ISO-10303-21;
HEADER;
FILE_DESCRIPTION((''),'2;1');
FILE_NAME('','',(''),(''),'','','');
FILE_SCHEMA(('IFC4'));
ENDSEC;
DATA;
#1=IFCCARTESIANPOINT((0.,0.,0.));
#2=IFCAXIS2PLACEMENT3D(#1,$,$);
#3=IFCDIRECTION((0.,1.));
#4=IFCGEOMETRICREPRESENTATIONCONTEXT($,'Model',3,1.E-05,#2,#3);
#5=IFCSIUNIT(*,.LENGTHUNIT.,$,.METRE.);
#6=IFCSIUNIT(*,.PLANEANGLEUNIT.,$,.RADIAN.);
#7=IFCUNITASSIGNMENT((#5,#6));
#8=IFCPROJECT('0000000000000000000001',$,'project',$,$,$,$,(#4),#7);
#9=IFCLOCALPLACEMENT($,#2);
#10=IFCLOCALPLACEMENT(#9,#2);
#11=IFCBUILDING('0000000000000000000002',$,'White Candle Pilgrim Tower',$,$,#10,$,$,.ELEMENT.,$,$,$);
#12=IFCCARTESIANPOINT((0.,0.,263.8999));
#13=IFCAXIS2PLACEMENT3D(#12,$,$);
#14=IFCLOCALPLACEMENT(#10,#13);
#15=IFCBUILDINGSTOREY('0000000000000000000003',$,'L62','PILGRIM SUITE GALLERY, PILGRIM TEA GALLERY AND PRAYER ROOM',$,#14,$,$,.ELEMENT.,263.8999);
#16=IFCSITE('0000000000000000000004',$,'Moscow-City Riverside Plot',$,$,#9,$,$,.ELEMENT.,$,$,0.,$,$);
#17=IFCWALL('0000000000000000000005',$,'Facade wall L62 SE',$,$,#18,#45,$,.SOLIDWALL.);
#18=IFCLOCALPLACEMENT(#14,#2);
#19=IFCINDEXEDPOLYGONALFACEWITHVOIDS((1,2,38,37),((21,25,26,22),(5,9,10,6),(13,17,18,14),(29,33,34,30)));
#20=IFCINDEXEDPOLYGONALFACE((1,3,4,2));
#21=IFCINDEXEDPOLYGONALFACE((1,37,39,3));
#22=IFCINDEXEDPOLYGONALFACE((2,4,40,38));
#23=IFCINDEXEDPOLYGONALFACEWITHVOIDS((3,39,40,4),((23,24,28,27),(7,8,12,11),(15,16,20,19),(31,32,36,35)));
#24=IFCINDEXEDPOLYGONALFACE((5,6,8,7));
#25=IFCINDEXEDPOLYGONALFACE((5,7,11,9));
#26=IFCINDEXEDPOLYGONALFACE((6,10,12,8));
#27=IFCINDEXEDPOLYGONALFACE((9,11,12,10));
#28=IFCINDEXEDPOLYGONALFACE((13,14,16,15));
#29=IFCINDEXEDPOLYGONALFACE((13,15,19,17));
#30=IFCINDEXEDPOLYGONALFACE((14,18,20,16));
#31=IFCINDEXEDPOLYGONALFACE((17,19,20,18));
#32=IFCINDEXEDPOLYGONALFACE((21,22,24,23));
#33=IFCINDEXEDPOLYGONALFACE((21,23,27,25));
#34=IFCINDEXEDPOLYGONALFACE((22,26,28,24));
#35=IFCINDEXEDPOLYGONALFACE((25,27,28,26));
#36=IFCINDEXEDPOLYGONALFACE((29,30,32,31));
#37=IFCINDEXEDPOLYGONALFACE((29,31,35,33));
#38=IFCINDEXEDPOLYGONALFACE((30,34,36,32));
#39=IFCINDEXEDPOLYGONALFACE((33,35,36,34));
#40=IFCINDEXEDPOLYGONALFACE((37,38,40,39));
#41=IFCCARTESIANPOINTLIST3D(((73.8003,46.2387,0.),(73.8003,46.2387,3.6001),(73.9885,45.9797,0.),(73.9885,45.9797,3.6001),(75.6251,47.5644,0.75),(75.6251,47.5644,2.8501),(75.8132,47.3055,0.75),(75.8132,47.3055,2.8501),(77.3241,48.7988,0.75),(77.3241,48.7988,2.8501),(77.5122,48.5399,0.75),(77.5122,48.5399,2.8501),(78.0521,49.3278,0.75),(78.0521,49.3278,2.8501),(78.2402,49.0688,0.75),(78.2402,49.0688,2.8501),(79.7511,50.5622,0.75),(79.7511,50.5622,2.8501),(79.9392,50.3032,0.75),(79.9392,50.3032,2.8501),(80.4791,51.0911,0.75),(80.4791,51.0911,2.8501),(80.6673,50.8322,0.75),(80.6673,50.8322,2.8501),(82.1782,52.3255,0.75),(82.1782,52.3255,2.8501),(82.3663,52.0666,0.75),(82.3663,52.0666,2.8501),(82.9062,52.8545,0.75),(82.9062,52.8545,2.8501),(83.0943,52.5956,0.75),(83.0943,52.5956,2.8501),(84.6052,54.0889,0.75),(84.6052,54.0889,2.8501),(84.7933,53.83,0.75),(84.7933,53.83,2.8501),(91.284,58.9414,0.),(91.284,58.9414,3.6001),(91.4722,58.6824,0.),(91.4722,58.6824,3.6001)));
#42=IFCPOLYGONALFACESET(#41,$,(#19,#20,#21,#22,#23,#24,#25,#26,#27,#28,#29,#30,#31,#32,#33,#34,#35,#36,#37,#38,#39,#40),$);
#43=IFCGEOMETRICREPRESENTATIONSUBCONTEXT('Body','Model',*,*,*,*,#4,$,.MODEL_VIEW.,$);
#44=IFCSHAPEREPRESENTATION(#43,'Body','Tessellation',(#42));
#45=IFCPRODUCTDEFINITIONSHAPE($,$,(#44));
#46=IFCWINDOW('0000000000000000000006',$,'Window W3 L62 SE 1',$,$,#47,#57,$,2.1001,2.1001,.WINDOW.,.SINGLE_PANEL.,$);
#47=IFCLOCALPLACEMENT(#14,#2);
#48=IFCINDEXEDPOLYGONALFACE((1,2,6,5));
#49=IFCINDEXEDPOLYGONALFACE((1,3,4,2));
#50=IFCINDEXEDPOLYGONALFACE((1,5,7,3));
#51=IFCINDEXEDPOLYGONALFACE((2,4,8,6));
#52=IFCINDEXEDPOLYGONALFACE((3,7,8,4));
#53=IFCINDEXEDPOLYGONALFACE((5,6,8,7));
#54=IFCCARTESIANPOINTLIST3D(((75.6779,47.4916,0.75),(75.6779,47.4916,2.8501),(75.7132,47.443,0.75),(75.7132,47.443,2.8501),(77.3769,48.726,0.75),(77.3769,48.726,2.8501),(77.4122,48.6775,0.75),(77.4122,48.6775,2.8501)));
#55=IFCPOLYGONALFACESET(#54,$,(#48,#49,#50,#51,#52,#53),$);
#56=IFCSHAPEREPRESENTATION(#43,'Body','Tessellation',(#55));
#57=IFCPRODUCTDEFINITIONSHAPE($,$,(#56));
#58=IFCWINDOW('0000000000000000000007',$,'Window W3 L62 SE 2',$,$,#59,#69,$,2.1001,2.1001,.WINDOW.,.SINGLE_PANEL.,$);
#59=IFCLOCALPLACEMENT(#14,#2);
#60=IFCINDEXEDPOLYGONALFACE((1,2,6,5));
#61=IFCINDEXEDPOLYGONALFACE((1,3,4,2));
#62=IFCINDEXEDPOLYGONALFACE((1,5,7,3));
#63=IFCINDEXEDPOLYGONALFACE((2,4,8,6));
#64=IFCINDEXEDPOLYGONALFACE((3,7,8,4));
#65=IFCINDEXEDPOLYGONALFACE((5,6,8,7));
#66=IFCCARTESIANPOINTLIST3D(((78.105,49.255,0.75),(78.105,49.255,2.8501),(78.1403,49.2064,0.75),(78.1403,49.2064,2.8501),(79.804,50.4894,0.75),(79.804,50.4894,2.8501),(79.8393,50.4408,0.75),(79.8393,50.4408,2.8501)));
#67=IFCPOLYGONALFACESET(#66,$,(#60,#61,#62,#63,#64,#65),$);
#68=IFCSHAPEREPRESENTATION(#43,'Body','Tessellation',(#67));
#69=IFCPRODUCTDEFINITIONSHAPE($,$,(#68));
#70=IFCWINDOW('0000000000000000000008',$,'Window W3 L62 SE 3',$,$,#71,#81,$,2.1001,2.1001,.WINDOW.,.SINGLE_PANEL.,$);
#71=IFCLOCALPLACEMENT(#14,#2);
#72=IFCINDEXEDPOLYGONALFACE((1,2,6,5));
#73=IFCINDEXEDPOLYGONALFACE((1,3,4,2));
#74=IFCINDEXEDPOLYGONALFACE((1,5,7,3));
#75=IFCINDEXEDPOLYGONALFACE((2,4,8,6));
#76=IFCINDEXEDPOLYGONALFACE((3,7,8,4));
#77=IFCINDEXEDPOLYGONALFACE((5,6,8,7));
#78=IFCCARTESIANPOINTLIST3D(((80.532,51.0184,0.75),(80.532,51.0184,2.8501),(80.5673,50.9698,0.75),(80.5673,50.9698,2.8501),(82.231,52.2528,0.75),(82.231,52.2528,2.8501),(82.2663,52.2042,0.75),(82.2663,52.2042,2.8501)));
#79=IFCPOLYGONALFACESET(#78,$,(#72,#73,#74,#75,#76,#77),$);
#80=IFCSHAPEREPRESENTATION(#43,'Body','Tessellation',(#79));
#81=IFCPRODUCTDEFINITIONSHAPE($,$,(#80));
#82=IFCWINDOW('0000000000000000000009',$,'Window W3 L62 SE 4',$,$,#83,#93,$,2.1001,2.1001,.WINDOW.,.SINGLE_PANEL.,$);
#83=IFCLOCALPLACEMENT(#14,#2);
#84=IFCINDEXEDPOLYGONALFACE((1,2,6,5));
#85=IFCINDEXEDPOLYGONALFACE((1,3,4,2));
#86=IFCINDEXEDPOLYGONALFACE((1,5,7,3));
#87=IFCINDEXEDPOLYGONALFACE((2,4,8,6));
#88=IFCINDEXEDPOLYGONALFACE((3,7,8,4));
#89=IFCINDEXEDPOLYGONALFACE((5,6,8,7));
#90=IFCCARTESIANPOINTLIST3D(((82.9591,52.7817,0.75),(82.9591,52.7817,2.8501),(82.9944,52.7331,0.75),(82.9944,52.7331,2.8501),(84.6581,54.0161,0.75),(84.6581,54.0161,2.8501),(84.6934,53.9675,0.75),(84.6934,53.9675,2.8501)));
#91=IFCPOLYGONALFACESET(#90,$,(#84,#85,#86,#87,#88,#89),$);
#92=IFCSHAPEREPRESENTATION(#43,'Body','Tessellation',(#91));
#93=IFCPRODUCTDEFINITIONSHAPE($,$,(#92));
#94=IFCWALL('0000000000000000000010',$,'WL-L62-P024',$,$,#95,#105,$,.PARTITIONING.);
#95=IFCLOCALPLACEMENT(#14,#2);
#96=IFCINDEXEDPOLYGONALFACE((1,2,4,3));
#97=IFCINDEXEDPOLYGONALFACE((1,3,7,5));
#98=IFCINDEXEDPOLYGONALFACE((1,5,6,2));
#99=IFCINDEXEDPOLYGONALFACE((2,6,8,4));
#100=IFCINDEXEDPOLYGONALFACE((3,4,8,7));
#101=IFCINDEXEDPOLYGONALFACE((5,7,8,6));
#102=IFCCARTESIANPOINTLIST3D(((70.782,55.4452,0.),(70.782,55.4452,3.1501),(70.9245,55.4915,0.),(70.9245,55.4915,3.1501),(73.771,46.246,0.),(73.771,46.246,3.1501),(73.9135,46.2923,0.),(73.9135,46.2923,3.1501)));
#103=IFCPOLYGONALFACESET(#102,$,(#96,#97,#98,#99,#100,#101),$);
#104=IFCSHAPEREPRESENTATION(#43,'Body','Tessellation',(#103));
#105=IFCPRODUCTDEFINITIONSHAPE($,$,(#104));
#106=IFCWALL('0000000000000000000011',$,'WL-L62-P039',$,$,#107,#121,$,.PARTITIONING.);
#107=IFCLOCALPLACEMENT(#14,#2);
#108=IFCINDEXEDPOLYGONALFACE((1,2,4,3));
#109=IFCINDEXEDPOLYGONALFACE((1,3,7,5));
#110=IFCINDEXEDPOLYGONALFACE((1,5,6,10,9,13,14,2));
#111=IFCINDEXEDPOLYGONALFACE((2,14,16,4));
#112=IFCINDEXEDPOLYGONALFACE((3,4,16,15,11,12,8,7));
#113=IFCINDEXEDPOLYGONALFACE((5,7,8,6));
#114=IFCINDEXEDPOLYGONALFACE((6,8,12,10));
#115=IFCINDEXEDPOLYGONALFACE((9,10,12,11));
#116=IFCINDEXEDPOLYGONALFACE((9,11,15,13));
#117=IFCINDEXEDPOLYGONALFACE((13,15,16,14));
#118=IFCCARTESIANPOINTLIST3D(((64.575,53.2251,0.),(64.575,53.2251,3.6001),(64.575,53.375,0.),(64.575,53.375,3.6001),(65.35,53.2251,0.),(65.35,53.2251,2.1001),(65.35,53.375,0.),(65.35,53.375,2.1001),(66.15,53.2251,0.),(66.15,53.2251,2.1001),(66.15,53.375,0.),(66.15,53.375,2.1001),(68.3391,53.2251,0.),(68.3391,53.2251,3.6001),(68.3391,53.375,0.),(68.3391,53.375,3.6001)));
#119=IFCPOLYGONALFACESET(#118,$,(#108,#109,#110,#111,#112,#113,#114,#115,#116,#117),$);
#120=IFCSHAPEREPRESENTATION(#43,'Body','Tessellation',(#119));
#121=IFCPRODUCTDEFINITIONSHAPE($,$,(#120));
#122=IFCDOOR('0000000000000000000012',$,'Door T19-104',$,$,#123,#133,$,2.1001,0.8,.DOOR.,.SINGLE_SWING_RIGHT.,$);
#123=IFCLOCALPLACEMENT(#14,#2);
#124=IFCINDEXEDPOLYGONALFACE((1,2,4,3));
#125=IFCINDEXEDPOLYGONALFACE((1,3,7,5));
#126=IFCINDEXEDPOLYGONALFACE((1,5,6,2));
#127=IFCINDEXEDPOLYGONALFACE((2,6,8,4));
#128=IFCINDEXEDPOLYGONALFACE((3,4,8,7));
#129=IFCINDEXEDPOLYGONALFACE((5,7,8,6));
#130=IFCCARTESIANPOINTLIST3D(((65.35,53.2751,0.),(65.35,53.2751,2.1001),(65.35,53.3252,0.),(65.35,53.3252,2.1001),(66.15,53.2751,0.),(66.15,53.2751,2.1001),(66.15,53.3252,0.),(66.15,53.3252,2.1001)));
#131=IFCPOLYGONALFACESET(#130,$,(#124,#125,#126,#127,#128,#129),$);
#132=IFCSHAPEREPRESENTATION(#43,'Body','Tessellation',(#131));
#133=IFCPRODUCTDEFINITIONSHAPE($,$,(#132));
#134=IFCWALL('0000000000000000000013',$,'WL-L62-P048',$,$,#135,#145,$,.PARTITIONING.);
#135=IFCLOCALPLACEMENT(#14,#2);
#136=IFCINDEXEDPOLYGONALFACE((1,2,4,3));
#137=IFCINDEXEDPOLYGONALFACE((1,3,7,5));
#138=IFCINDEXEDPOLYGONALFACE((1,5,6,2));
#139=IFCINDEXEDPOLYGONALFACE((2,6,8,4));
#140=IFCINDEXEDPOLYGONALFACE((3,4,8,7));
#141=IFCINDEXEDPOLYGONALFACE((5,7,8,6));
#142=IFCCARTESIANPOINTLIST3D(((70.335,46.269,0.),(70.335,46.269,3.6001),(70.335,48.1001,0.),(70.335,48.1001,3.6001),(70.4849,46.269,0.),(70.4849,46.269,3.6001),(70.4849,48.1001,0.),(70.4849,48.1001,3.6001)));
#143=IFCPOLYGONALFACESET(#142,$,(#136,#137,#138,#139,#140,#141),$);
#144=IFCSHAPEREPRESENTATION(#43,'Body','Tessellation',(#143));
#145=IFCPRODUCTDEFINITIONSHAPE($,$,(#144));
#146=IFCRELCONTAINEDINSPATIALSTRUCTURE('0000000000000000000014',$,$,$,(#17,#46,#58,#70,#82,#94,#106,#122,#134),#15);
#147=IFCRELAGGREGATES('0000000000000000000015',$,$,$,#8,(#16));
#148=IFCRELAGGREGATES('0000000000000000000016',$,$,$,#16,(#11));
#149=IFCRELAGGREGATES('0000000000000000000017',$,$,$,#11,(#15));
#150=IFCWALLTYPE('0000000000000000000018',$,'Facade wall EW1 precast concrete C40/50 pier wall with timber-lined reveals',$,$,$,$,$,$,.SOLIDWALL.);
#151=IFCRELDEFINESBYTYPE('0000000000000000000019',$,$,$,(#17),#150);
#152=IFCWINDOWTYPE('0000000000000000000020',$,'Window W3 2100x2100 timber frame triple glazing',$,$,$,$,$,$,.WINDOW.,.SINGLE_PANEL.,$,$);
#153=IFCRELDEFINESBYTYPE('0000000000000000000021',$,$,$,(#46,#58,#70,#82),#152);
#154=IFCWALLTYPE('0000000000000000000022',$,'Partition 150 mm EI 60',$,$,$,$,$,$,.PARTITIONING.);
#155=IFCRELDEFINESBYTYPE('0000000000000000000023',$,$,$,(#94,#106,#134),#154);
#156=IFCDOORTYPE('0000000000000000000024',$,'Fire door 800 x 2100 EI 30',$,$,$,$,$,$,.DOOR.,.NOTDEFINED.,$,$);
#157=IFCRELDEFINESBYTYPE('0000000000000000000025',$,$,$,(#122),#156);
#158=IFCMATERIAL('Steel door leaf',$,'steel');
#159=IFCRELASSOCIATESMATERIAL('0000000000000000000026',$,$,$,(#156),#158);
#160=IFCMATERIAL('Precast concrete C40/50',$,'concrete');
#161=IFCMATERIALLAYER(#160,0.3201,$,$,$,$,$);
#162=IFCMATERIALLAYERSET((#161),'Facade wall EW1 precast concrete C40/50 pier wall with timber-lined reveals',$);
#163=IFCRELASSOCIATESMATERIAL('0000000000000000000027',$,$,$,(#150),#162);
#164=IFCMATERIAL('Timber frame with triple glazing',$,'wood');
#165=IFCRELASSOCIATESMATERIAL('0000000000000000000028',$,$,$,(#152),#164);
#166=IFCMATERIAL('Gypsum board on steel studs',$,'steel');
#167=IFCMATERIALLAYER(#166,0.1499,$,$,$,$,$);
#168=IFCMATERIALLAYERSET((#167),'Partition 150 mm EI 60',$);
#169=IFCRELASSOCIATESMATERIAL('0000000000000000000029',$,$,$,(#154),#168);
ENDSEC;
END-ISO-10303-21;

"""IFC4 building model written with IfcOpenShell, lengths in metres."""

from ifc_helpers import new_model, si_unit, direction, frame, frame_2d, origin, place, context, subcontext, project, spatial, rectangle, extrude, material, layer, layer_set, type_object, element, fill, save


model = new_model("IFC4")

# Units and contexts
model_context = context("Model", 3, precision=1e-05, world=origin(), true_north=direction((0.0, 1.0)))
body_context = subcontext(model_context, "Body", "Model", "MODEL_VIEW")
ifc_project = project(units=[si_unit("LENGTHUNIT", "METRE"), si_unit("PLANEANGLEUNIT", "RADIAN")], contexts=[model_context])

# Site, building, storey
site_placement = place(None, origin())
site = spatial("IfcSite", under=ifc_project, at=site_placement, Name="Moscow-City Riverside Plot", CompositionType="ELEMENT", RefElevation=0.0)
building_placement = place(site_placement, origin())
building = spatial("IfcBuilding", under=site, at=building_placement, Name="White Candle Pilgrim Tower", CompositionType="ELEMENT")
storey_placement = place(building_placement, frame((0.0, 0.0, 263.8999)))
storey = spatial("IfcBuildingStorey", under=building, at=storey_placement, Name="L62", Description="PILGRIM SUITE GALLERY, PILGRIM TEA GALLERY AND PRAYER ROOM", CompositionType="ELEMENT", Elevation=263.8999)

# Shared definitions
ifc_material_1 = material(Name="Gypsum board on steel studs", Category="steel")

# Shared definitions
ifc_material_2 = material(Name="Steel door leaf", Category="steel")
door_type_1 = type_object("IfcDoorType", Name="Fire door 800 x 2100 EI 30", OperationType="NOTDEFINED", PredefinedType="DOOR", material=ifc_material_2)

# Wall, openings, windows
ifc_material_3 = material(Name="Precast concrete C40/50", Category="concrete")
ifc_layer_1 = layer(ifc_material_3, 0.3201)
ifc_layer_set_1 = layer_set([ifc_layer_1], Name="Facade wall EW1 precast concrete C40/50 pier wall with timber-lined reveals")
wall_type_1 = type_object("IfcWallType", Name="Facade wall EW1 precast concrete C40/50 pier wall with timber-lined reveals", PredefinedType="SOLIDWALL", material=ifc_layer_set_1)
wall_1_placement = place(storey_placement, frame((73.8943, 46.1091, 0.0), z_axis=(0.0, 0.0, 1.0), x_axis=(0.809016, 0.587786, 0.0)))
wall_1 = element("IfcWall", 1, at=wall_1_placement, inside=storey, type_object=wall_type_1, Name="Facade wall L62 SE", PredefinedType="SOLIDWALL", context=body_context, shape_type="SweptSolid", body=[
    extrude(rectangle(XDim=21.6111, YDim=0.3201, at=frame_2d((10.8057, 0.0))), origin(), (0.0, 0.0, 1.0), 3.6001),
])
opening_1_placement = place(wall_1_placement, frame((2.2556, 0.0, 0.75)))
opening_1 = element("IfcOpeningElement", 2, at=opening_1_placement, cuts=wall_1, PredefinedType="OPENING", context=body_context, shape_type="SweptSolid", body=[
    extrude(rectangle(XDim=2.1001, YDim=2.1001, at=frame_2d((1.05, 1.05))), frame((0.0, 0.1699, 0.0), z_axis=(0.0, -1.0, 0.0), x_axis=(1.0, 0.0, 0.0)), (0.0, 0.0, 1.0), 0.3401),
])
opening_2_placement = place(wall_1_placement, frame((5.2556, 0.0, 0.75)))
opening_2 = element("IfcOpeningElement", 3, at=opening_2_placement, cuts=wall_1, PredefinedType="OPENING", context=body_context, shape_type="SweptSolid", body=[
    extrude(rectangle(XDim=2.1001, YDim=2.1001, at=frame_2d((1.05, 1.05))), frame((0.0, 0.1699, 0.0), z_axis=(0.0, -1.0, 0.0), x_axis=(1.0, 0.0, 0.0)), (0.0, 0.0, 1.0), 0.3401),
])
opening_3_placement = place(wall_1_placement, frame((8.2556, 0.0, 0.75)))
opening_3 = element("IfcOpeningElement", 4, at=opening_3_placement, cuts=wall_1, PredefinedType="OPENING", context=body_context, shape_type="SweptSolid", body=[
    extrude(rectangle(XDim=2.1001, YDim=2.1001, at=frame_2d((1.05, 1.05))), frame((0.0, 0.1699, 0.0), z_axis=(0.0, -1.0, 0.0), x_axis=(1.0, 0.0, 0.0)), (0.0, 0.0, 1.0), 0.3401),
])
opening_4_placement = place(wall_1_placement, frame((11.2556, 0.0, 0.75)))
opening_4 = element("IfcOpeningElement", 5, at=opening_4_placement, cuts=wall_1, PredefinedType="OPENING", context=body_context, shape_type="SweptSolid", body=[
    extrude(rectangle(XDim=2.1001, YDim=2.1001, at=frame_2d((1.05, 1.05))), frame((0.0, 0.1699, 0.0), z_axis=(0.0, -1.0, 0.0), x_axis=(1.0, 0.0, 0.0)), (0.0, 0.0, 1.0), 0.3401),
])
ifc_material_4 = material(Name="Timber frame with triple glazing", Category="wood")
window_type = type_object("IfcWindowType", Name="Window W3 2100x2100 timber frame triple glazing", PartitioningType="SINGLE_PANEL", PredefinedType="WINDOW", material=ifc_material_4)
window_1_placement = place(opening_1_placement, origin())
window_1 = element("IfcWindow", 6, at=window_1_placement, inside=storey, type_object=window_type, Name="Window W3 L62 SE 1", OverallHeight=2.1001, OverallWidth=2.1001, PartitioningType="SINGLE_PANEL", PredefinedType="WINDOW", context=body_context, shape_type="SweptSolid", body=[
    extrude(rectangle(XDim=2.1001, YDim=2.1001, at=frame_2d((1.05, 1.05))), frame((0.0, 0.0701, 0.0), z_axis=(0.0, -1.0, 0.0), x_axis=(1.0, 0.0, 0.0)), (0.0, 0.0, 1.0), 0.0601),
])
fill(opening_1, window_1)
window_2_placement = place(opening_2_placement, origin())
window_2 = element("IfcWindow", 7, at=window_2_placement, inside=storey, type_object=window_type, Name="Window W3 L62 SE 2", OverallHeight=2.1001, OverallWidth=2.1001, PartitioningType="SINGLE_PANEL", PredefinedType="WINDOW", context=body_context, shape_type="SweptSolid", body=[
    extrude(rectangle(XDim=2.1001, YDim=2.1001, at=frame_2d((1.05, 1.05))), frame((0.0, 0.0701, 0.0), z_axis=(0.0, -1.0, 0.0), x_axis=(1.0, 0.0, 0.0)), (0.0, 0.0, 1.0), 0.0601),
])
fill(opening_2, window_2)
window_3_placement = place(opening_3_placement, origin())
window_3 = element("IfcWindow", 8, at=window_3_placement, inside=storey, type_object=window_type, Name="Window W3 L62 SE 3", OverallHeight=2.1001, OverallWidth=2.1001, PartitioningType="SINGLE_PANEL", PredefinedType="WINDOW", context=body_context, shape_type="SweptSolid", body=[
    extrude(rectangle(XDim=2.1001, YDim=2.1001, at=frame_2d((1.05, 1.05))), frame((0.0, 0.0701, 0.0), z_axis=(0.0, -1.0, 0.0), x_axis=(1.0, 0.0, 0.0)), (0.0, 0.0, 1.0), 0.0601),
])
fill(opening_3, window_3)
window_4_placement = place(opening_4_placement, origin())
window_4 = element("IfcWindow", 9, at=window_4_placement, inside=storey, type_object=window_type, Name="Window W3 L62 SE 4", OverallHeight=2.1001, OverallWidth=2.1001, PartitioningType="SINGLE_PANEL", PredefinedType="WINDOW", context=body_context, shape_type="SweptSolid", body=[
    extrude(rectangle(XDim=2.1001, YDim=2.1001, at=frame_2d((1.05, 1.05))), frame((0.0, 0.0701, 0.0), z_axis=(0.0, -1.0, 0.0), x_axis=(1.0, 0.0, 0.0)), (0.0, 0.0, 1.0), 0.0601),
])
fill(opening_4, window_4)

# Wall
ifc_layer_2 = layer(ifc_material_1, 0.1499)
ifc_layer_set_2 = layer_set([ifc_layer_2], Name="Partition 150 mm EI 60")
wall_type_2 = type_object("IfcWallType", Name="Partition 150 mm EI 60", PredefinedType="PARTITIONING", material=ifc_layer_set_2)
wall_2_placement = place(storey_placement, frame((73.8423, 46.269, 0.0), z_axis=(0.0, 0.0, 1.0), x_axis=(-0.309018, 0.951056, 0.0)))
element("IfcWall", 10, at=wall_2_placement, inside=storey, type_object=wall_type_2, Name="WL-L62-P024", PredefinedType="PARTITIONING", context=body_context, shape_type="SweptSolid", body=[
    extrude(rectangle(XDim=9.6726, YDim=0.1499, at=frame_2d((4.8364, 0.0))), origin(), (0.0, 0.0, 1.0), 3.1501),
])

# Wall, opening, door
wall_3_placement = place(storey_placement, frame((68.3391, 53.3, 0.0), z_axis=(0.0, 0.0, 1.0), x_axis=(-1.0, 0.0, 0.0)))
wall_3 = element("IfcWall", 11, at=wall_3_placement, inside=storey, type_object=wall_type_2, Name="WL-L62-P039", PredefinedType="PARTITIONING", context=body_context, shape_type="SweptSolid", body=[
    extrude(rectangle(XDim=3.7642, YDim=0.1499, at=frame_2d((1.8821, 0.0))), origin(), (0.0, 0.0, 1.0), 3.6001),
])
opening_5_placement = place(wall_3_placement, frame((2.1892, 0.0, 0.0)))
opening_5 = element("IfcOpeningElement", 12, at=opening_5_placement, cuts=wall_3, PredefinedType="OPENING", context=body_context, shape_type="SweptSolid", body=[
    extrude(rectangle(XDim=0.8, YDim=2.1001, at=frame_2d((0.3999, 1.05))), frame((0.0, 0.085, 0.0), z_axis=(0.0, -1.0, 0.0), x_axis=(1.0, 0.0, 0.0)), (0.0, 0.0, 1.0), 0.1699),
])
door_1_placement = place(opening_5_placement, origin())
door_1 = element("IfcDoor", 13, at=door_1_placement, inside=storey, type_object=door_type_1, Name="Door T19-104", OperationType="SINGLE_SWING_RIGHT", OverallHeight=2.1001, OverallWidth=0.8, PredefinedType="DOOR", context=body_context, shape_type="SweptSolid", body=[
    extrude(rectangle(XDim=0.8, YDim=2.1001, at=frame_2d((0.3999, 1.05))), frame((0.0, 0.0249, 0.0), z_axis=(0.0, -1.0, 0.0), x_axis=(1.0, 0.0, 0.0)), (0.0, 0.0, 1.0), 0.05),
])
fill(opening_5, door_1)

# Wall
wall_4_placement = place(storey_placement, frame((70.4099, 48.1001, 0.0), z_axis=(0.0, 0.0, 1.0), x_axis=(0.0, -1.0, 0.0)))
element("IfcWall", 14, at=wall_4_placement, inside=storey, type_object=wall_type_2, Name="WL-L62-P048", PredefinedType="PARTITIONING", context=body_context, shape_type="SweptSolid", body=[
    extrude(rectangle(XDim=1.8311, YDim=0.1499, at=frame_2d((0.9155, 0.0))), origin(), (0.0, 0.0, 1.0), 3.6001),
])

save(model, "model.ifc")
